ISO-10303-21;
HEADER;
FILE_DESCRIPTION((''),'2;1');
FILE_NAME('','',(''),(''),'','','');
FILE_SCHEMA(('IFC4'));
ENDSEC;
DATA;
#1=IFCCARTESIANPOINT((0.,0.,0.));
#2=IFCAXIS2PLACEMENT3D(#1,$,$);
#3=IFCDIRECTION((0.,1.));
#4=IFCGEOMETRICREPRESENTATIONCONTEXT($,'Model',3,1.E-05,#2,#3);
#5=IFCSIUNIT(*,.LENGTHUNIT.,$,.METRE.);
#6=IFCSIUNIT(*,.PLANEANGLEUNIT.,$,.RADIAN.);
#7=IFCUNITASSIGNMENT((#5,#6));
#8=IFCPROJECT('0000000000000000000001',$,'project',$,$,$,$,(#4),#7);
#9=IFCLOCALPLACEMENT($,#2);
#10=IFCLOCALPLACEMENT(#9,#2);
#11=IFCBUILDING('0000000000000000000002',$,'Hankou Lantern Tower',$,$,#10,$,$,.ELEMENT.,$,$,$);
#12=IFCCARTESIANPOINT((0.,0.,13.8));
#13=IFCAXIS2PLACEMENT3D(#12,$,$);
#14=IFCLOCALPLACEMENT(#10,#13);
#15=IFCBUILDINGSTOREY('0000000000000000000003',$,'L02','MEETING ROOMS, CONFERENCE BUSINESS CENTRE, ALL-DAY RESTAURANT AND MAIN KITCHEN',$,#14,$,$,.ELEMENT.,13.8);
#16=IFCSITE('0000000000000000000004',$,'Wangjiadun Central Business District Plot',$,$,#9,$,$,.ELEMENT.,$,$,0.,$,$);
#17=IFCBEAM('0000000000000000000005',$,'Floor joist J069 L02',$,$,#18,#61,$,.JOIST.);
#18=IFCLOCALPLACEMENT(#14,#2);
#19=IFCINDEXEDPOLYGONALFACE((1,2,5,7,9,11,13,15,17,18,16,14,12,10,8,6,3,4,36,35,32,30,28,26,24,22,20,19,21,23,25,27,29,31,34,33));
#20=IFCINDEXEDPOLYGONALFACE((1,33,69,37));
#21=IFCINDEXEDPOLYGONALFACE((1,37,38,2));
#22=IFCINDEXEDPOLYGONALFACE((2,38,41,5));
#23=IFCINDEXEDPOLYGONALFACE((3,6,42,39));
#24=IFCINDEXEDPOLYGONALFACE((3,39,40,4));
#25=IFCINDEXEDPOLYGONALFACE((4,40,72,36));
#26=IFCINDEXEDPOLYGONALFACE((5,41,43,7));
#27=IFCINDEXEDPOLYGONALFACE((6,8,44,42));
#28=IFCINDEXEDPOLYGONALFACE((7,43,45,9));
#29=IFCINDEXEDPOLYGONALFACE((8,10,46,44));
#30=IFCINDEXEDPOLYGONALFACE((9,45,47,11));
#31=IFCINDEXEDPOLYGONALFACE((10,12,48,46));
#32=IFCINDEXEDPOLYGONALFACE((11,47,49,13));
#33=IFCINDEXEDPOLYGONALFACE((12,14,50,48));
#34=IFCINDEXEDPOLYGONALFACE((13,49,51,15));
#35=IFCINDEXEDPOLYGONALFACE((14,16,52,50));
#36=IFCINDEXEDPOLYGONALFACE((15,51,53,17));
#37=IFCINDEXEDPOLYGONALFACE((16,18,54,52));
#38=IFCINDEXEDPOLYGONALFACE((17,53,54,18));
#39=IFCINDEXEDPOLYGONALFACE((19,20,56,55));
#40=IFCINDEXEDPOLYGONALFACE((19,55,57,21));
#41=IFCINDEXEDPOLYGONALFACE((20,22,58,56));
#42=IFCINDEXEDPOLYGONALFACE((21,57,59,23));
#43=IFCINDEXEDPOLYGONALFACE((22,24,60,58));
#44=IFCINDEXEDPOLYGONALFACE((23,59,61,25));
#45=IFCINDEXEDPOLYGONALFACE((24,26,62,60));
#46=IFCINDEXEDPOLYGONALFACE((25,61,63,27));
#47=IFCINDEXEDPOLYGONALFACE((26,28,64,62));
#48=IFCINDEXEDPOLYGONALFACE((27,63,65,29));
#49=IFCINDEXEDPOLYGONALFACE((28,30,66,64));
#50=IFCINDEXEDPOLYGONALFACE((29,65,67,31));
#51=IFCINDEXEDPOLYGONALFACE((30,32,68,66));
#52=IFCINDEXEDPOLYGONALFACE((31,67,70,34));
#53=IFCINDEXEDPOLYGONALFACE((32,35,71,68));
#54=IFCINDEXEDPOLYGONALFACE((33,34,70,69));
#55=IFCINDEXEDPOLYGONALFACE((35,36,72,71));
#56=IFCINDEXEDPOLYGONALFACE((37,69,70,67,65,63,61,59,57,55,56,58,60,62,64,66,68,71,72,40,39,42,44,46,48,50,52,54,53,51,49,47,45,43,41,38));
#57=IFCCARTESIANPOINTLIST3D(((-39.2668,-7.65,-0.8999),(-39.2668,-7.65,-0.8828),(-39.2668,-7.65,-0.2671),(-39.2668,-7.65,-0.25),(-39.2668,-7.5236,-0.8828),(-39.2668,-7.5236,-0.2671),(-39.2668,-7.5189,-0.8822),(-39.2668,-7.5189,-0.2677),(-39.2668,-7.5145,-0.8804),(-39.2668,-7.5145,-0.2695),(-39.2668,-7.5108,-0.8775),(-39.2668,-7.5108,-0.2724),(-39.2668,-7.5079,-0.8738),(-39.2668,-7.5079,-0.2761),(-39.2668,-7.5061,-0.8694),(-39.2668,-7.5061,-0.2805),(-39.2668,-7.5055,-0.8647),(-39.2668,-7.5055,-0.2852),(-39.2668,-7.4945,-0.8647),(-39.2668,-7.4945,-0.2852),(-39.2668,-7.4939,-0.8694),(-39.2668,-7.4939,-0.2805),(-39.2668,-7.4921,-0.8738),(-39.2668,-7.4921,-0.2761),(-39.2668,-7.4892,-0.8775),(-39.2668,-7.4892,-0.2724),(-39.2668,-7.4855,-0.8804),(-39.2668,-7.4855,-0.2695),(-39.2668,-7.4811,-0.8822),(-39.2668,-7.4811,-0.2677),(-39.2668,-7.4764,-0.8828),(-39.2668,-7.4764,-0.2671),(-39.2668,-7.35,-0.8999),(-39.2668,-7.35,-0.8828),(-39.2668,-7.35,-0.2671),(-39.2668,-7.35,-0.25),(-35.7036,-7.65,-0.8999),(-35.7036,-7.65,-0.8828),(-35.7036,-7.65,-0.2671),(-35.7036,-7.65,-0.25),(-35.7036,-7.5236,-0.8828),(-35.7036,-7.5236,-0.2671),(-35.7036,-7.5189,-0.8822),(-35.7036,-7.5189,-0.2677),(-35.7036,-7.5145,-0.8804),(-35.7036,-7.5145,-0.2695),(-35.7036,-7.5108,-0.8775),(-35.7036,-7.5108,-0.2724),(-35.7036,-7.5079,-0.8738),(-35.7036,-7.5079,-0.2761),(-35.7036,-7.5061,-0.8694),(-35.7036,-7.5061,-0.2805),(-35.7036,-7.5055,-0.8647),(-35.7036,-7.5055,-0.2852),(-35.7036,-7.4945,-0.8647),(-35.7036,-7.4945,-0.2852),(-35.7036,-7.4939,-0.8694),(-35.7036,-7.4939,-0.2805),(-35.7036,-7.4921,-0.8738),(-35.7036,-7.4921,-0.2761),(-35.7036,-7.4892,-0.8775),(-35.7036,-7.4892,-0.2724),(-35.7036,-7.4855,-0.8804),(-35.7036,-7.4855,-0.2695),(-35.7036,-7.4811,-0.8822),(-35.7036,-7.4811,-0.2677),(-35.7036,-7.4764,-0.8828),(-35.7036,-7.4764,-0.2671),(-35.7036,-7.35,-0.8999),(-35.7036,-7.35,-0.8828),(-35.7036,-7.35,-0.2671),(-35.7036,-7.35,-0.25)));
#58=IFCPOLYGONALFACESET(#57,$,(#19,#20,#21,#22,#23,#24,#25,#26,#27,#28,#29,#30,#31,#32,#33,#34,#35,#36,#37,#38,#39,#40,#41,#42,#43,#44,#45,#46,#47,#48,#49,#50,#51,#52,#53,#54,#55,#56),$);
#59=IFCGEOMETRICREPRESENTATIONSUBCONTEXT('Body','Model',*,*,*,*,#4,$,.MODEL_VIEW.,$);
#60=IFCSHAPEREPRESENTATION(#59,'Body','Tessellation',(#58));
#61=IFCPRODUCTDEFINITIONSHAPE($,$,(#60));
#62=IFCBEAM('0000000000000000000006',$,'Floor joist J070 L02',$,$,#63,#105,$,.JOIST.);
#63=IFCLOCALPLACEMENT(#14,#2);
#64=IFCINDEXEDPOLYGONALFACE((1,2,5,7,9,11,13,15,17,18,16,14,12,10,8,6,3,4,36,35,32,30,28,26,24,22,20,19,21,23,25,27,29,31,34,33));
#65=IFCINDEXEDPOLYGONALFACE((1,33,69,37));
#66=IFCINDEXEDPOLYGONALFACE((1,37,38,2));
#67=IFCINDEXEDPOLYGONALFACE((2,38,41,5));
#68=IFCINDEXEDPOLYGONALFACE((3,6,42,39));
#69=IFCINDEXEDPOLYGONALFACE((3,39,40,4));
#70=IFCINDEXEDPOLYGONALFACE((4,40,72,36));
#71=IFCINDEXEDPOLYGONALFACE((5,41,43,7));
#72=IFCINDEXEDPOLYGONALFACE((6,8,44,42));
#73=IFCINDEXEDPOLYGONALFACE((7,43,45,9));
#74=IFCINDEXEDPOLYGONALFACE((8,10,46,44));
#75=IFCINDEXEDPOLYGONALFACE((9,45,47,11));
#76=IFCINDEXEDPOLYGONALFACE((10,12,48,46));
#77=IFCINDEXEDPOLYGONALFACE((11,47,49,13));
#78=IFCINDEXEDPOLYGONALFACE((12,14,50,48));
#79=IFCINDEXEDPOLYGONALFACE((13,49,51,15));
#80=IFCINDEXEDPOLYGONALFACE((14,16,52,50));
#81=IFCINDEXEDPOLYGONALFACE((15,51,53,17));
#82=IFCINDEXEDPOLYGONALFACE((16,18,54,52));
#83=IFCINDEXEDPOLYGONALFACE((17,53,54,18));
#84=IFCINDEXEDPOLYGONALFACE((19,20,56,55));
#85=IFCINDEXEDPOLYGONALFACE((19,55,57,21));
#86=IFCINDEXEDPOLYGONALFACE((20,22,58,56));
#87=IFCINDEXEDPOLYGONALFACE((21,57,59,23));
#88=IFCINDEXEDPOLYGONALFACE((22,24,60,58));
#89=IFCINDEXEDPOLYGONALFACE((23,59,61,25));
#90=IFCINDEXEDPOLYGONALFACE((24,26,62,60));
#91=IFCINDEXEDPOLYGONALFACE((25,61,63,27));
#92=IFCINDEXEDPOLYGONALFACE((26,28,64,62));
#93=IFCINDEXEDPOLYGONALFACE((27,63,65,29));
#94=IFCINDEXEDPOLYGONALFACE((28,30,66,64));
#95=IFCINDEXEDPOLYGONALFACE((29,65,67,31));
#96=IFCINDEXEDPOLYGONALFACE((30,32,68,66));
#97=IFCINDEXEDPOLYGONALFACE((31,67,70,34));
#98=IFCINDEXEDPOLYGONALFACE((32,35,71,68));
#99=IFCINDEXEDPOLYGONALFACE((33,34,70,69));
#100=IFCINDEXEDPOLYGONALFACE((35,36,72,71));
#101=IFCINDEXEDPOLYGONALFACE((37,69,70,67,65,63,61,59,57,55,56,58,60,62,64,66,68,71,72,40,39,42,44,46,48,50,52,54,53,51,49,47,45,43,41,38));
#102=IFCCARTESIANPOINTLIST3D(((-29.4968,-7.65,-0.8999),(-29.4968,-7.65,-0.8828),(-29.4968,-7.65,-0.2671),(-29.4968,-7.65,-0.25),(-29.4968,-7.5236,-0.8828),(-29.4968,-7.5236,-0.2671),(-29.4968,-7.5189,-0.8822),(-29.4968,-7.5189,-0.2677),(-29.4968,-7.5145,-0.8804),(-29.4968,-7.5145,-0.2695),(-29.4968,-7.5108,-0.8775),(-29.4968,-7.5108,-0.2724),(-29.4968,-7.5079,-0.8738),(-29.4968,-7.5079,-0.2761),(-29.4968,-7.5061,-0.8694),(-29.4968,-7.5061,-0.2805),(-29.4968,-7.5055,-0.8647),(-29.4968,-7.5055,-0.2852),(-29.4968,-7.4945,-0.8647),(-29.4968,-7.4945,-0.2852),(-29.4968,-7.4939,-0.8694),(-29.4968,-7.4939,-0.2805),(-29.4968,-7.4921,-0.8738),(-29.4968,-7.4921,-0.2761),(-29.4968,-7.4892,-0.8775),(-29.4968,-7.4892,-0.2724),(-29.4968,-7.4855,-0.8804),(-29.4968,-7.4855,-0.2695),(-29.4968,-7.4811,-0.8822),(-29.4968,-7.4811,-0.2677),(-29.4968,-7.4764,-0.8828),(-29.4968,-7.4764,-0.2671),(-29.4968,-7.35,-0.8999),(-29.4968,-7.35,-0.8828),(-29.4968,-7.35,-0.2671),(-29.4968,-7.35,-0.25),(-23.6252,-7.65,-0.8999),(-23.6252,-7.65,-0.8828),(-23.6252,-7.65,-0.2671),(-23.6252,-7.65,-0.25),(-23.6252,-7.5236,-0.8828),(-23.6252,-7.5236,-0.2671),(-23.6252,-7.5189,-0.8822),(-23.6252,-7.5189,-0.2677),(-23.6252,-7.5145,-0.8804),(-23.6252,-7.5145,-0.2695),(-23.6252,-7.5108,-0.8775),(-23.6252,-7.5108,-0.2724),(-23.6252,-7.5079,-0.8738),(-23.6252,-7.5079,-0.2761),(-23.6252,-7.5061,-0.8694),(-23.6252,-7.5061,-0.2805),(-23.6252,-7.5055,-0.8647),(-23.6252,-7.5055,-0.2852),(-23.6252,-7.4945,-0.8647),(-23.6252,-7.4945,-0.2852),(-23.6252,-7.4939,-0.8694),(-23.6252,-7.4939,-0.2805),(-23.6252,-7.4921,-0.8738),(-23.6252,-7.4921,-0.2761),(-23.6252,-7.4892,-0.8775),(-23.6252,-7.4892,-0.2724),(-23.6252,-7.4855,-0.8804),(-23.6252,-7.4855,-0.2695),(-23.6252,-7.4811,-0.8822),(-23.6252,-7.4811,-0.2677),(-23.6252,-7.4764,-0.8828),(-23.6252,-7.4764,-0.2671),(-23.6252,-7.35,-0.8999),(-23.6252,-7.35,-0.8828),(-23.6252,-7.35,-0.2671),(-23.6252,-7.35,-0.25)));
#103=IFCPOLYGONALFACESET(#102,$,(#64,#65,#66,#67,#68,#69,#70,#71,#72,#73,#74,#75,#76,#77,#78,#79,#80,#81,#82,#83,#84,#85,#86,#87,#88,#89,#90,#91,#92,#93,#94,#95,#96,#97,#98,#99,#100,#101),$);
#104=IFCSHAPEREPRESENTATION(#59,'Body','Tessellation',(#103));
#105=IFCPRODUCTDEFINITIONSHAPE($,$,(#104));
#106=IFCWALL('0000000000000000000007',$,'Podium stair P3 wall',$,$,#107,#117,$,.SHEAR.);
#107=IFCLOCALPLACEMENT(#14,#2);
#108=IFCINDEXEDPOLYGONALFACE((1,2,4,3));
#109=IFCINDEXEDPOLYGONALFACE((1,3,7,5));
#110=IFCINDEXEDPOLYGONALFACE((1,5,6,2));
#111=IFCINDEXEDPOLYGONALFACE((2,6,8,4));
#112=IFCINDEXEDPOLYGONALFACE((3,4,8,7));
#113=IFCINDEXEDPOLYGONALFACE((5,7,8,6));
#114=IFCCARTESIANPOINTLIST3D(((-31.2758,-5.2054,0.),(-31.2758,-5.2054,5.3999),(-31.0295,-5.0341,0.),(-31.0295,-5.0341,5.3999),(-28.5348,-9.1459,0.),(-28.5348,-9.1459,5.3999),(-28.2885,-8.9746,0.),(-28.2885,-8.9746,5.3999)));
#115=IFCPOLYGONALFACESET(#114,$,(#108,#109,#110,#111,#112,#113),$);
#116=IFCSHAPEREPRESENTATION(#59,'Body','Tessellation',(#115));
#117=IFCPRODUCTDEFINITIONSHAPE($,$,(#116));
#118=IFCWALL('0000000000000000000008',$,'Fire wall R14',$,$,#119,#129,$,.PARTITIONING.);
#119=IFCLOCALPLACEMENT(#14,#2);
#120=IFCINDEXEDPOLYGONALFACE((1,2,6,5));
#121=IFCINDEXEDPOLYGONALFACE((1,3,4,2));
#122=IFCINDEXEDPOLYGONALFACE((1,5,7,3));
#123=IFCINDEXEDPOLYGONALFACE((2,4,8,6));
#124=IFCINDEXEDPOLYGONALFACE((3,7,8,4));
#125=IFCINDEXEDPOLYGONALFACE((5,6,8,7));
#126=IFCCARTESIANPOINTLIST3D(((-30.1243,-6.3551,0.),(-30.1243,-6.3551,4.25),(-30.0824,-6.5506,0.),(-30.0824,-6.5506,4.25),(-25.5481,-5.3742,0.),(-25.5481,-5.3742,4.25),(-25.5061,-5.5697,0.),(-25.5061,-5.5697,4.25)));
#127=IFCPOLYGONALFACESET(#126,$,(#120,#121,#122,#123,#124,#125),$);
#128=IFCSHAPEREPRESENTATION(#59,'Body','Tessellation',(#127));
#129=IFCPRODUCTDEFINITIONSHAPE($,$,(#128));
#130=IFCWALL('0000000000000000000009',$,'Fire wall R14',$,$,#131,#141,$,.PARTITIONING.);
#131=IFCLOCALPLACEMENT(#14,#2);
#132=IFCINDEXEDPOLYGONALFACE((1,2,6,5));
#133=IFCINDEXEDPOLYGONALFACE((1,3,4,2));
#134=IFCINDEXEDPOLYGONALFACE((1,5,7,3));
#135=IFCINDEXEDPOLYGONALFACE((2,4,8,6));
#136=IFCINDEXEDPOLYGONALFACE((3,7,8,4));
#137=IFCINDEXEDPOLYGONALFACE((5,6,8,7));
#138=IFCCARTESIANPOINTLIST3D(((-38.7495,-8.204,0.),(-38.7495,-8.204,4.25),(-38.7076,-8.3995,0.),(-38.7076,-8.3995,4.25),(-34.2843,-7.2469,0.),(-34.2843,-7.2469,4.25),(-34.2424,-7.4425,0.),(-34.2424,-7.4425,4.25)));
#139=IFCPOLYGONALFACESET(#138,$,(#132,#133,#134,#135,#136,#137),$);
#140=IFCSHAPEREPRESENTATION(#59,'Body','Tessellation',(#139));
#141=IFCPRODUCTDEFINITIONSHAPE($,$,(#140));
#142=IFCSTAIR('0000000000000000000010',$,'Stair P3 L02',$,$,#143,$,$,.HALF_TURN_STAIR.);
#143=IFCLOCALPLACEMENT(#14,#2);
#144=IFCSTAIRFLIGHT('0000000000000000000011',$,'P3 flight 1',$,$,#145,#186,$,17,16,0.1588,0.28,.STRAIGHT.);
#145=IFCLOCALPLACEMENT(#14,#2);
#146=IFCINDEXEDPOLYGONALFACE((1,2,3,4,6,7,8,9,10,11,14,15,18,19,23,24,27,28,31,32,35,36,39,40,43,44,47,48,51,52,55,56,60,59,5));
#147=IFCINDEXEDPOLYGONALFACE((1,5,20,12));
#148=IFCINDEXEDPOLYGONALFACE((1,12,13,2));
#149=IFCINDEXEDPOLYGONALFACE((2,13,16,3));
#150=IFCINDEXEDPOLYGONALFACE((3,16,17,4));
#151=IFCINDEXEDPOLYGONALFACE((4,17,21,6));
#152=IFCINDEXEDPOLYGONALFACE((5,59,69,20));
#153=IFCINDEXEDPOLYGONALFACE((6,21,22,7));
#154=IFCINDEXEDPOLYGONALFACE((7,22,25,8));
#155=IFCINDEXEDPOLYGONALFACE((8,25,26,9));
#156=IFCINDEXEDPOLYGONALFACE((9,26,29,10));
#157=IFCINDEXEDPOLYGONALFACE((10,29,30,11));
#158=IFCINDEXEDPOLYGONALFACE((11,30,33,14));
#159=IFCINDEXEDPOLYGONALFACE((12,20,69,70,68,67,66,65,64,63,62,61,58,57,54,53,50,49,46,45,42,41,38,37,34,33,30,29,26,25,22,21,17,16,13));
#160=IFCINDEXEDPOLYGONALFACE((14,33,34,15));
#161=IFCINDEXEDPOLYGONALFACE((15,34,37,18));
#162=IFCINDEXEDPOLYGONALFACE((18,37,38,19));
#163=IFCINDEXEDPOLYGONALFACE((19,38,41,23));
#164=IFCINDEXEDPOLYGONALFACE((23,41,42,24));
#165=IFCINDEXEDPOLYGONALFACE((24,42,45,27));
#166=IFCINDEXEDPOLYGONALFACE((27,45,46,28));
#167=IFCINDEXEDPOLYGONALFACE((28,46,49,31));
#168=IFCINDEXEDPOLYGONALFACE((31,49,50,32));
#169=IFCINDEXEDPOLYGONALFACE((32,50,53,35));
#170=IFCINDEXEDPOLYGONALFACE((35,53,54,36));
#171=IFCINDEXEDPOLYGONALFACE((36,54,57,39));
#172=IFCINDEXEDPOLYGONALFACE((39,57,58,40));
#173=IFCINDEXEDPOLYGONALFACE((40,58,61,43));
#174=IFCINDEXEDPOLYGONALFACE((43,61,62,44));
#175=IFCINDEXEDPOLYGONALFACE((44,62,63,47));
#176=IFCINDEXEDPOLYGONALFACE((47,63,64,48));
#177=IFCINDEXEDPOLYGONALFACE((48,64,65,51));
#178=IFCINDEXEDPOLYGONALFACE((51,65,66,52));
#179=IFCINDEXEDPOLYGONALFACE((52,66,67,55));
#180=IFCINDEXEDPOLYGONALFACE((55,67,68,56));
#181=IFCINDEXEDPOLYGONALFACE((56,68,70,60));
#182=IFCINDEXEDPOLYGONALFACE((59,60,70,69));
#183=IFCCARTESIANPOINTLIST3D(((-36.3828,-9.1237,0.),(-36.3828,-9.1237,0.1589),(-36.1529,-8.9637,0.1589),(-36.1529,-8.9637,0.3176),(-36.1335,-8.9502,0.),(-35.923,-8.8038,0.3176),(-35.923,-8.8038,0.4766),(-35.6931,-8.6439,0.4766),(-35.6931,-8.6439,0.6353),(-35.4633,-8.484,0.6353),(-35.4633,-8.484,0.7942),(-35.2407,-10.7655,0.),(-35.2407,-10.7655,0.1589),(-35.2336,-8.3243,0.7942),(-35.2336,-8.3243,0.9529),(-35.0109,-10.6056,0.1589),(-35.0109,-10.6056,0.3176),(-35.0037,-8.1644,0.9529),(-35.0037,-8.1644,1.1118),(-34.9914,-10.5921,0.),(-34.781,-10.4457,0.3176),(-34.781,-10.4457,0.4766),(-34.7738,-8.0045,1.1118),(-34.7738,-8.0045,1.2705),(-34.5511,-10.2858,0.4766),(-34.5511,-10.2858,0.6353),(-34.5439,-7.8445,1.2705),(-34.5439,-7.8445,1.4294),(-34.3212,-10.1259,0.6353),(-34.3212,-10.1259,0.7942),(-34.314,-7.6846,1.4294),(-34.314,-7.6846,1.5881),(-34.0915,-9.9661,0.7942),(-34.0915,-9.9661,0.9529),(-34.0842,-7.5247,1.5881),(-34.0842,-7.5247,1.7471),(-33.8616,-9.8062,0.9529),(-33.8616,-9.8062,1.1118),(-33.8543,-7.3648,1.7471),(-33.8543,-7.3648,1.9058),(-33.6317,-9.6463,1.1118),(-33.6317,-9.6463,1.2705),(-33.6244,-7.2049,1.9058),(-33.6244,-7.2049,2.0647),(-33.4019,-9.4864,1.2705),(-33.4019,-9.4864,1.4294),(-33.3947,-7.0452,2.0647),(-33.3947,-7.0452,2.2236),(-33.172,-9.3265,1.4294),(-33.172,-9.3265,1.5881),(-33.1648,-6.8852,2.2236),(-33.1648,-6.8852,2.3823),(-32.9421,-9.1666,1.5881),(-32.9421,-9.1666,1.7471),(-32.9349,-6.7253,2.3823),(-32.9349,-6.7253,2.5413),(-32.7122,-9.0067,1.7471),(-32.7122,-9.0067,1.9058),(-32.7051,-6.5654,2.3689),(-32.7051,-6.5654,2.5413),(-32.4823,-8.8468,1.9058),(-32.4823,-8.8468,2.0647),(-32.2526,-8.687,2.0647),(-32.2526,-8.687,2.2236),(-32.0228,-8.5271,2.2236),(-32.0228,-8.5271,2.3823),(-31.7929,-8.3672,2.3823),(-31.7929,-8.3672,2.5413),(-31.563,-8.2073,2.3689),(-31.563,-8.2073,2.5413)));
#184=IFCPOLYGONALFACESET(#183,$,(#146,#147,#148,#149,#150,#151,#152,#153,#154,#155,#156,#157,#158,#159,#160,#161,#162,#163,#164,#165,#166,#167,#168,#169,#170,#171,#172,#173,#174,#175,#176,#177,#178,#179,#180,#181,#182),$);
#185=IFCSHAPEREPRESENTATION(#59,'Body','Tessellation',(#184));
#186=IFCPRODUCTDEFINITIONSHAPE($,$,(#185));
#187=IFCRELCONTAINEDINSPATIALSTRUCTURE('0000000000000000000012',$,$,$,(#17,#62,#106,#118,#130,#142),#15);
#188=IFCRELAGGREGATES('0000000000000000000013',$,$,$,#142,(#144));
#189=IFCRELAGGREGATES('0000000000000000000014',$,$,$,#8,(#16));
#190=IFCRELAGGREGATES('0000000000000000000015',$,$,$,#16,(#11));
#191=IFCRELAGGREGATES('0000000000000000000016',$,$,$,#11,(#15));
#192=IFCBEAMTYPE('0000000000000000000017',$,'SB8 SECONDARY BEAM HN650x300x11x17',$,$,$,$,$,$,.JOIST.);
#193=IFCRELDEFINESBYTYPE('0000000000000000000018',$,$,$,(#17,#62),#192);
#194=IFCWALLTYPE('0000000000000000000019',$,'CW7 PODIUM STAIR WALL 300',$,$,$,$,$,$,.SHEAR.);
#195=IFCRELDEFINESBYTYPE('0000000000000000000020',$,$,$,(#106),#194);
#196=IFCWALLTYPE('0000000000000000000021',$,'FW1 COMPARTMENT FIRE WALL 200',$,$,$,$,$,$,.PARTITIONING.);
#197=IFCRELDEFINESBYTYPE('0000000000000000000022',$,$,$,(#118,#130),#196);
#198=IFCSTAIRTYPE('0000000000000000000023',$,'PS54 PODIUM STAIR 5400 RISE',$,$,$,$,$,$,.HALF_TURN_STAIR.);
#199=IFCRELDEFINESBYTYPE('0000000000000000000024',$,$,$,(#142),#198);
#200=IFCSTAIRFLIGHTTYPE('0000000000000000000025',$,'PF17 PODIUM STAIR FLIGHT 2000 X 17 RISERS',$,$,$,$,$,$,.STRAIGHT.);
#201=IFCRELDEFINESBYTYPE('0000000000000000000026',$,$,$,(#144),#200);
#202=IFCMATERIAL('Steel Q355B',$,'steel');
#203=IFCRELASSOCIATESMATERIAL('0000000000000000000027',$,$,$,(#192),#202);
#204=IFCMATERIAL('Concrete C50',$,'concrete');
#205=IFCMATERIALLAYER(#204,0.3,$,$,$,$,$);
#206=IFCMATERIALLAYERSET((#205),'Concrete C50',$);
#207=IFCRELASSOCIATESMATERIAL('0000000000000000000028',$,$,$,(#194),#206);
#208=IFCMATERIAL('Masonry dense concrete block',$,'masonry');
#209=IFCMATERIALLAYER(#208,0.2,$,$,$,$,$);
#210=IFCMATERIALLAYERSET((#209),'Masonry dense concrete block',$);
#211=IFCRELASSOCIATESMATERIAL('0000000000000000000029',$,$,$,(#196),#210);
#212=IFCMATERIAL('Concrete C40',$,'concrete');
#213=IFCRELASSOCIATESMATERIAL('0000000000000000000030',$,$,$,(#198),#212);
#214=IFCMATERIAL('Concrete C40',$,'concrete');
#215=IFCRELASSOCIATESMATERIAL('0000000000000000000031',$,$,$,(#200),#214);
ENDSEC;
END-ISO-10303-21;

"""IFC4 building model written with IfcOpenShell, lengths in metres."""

from ifc_helpers import new_model, si_unit, direction, frame, frame_2d, origin, origin_2d, place, context, subcontext, project, spatial, polyline, rectangle, i_section, outline, extrude, material, layer, layer_set, material_profile, profile_set, type_object, element, aggregate, save


model = new_model("IFC4")

# Units and contexts
model_context = context("Model", 3, precision=1e-05, world=origin(), true_north=direction((0.0, 1.0)))
body_context = subcontext(model_context, "Body", "Model", "MODEL_VIEW")
ifc_project = project(units=[si_unit("LENGTHUNIT", "METRE"), si_unit("PLANEANGLEUNIT", "RADIAN")], contexts=[model_context])

# Site, building, storey
site_placement = place(None, origin())
site = spatial("IfcSite", under=ifc_project, at=site_placement, Name="Wangjiadun Central Business District Plot", CompositionType="ELEMENT", RefElevation=0.0)
building_placement = place(site_placement, origin())
building = spatial("IfcBuilding", under=site, at=building_placement, Name="Hankou Lantern Tower", CompositionType="ELEMENT")
storey_placement = place(building_placement, frame((0.0, 0.0, 13.8)))
storey = spatial("IfcBuildingStorey", under=building, at=storey_placement, Name="L02", Description="MEETING ROOMS, CONFERENCE BUSINESS CENTRE, ALL-DAY RESTAURANT AND MAIN KITCHEN", CompositionType="ELEMENT", Elevation=13.8)

# Beams
ifc_material_1 = material(Name="Steel Q355B", Category="steel")
ifc_material_profile_1 = material_profile(ifc_material_1, i_section(OverallWidth=0.3, OverallDepth=0.6499, WebThickness=0.011, FlangeThickness=0.0171, FilletRadius=0.0181, at=origin_2d()), Name="HN650x300x11x17")
ifc_profile_set_1 = profile_set([ifc_material_profile_1], Name="Steel Q355B")
beam_type_1 = type_object("IfcBeamType", Name="SB8 SECONDARY BEAM HN650x300x11x17", PredefinedType="JOIST", material=ifc_profile_set_1)
beam_1_placement = place(storey_placement, frame((-39.2668, -7.5, -0.575), z_axis=(1.0, 0.0, 0.0), x_axis=(0.0, 1.0, 0.0)))
element("IfcBeam", 1, at=beam_1_placement, inside=storey, type_object=beam_type_1, Name="Floor joist J069 L02", PredefinedType="JOIST", context=body_context, shape_type="SweptSolid", body=[
    extrude(i_section(OverallWidth=0.3, OverallDepth=0.6499, WebThickness=0.011, FlangeThickness=0.0171, FilletRadius=0.0181, at=origin_2d()), origin(), (0.0, 0.0, 1.0), 3.5632),
])
beam_2_placement = place(storey_placement, frame((-29.4968, -7.5, -0.575), z_axis=(1.0, 0.0, 0.0), x_axis=(0.0, 1.0, 0.0)))
element("IfcBeam", 2, at=beam_2_placement, inside=storey, type_object=beam_type_1, Name="Floor joist J070 L02", PredefinedType="JOIST", context=body_context, shape_type="SweptSolid", body=[
    extrude(i_section(OverallWidth=0.3, OverallDepth=0.6499, WebThickness=0.011, FlangeThickness=0.0171, FilletRadius=0.0181, at=origin_2d()), origin(), (0.0, 0.0, 1.0), 5.8716),
])

# Walls
ifc_material_2 = material(Name="Concrete C50", Category="concrete")
ifc_layer_1 = layer(ifc_material_2, 0.3)
ifc_layer_set_1 = layer_set([ifc_layer_1], Name="Concrete C50")
wall_type_1 = type_object("IfcWallType", Name="CW7 PODIUM STAIR WALL 300", PredefinedType="SHEAR", material=ifc_layer_set_1)
wall_1_placement = place(storey_placement, frame((-31.1526, -5.1199, 0.0), z_axis=(0.0, 0.0, 1.0), x_axis=(0.571036, -0.820925, 0.0)))
element("IfcWall", 3, at=wall_1_placement, inside=storey, type_object=wall_type_1, Name="Podium stair P3 wall", PredefinedType="SHEAR", context=body_context, shape_type="SweptSolid", body=[
    extrude(rectangle(XDim=4.8, YDim=0.3, at=frame_2d((2.3999, 0.0))), origin(), (0.0, 0.0, 1.0), 5.3999),
])
ifc_material_3 = material(Name="Masonry dense concrete block", Category="masonry")
ifc_layer_2 = layer(ifc_material_3, 0.2)
ifc_layer_set_2 = layer_set([ifc_layer_2], Name="Masonry dense concrete block")
wall_type_2 = type_object("IfcWallType", Name="FW1 COMPARTMENT FIRE WALL 200", PredefinedType="PARTITIONING", material=ifc_layer_set_2)
wall_2_placement = place(storey_placement, frame((-25.5271, -5.4719, 0.0), z_axis=(0.0, 0.0, 1.0), x_axis=(-0.977787, -0.2096, 0.0)))
element("IfcWall", 4, at=wall_2_placement, inside=storey, type_object=wall_type_2, Name="Fire wall R14", PredefinedType="PARTITIONING", context=body_context, shape_type="SweptSolid", body=[
    extrude(rectangle(XDim=4.6802, YDim=0.2, at=frame_2d((2.3401, 0.0))), origin(), (0.0, 0.0, 1.0), 4.25),
])
wall_3_placement = place(storey_placement, frame((-34.2634, -7.3447, 0.0), z_axis=(0.0, 0.0, 1.0), x_axis=(-0.977795, -0.209566, 0.0)))
element("IfcWall", 5, at=wall_3_placement, inside=storey, type_object=wall_type_2, Name="Fire wall R14", PredefinedType="PARTITIONING", context=body_context, shape_type="SweptSolid", body=[
    extrude(rectangle(XDim=4.5667, YDim=0.2, at=frame_2d((2.2832, 0.0))), origin(), (0.0, 0.0, 1.0), 4.25),
])

# Stair, stair flight
ifc_material_4 = material(Name="Concrete C40", Category="concrete")
stair_type = type_object("IfcStairType", Name="PS54 PODIUM STAIR 5400 RISE", PredefinedType="HALF_TURN_STAIR", material=ifc_material_4)
stair_placement = place(storey_placement, origin())
stair = element("IfcStair", 6, at=stair_placement, inside=storey, type_object=stair_type, Name="Stair P3 L02", PredefinedType="HALF_TURN_STAIR")
ifc_material_5 = material(Name="Concrete C40", Category="concrete")
stair_flight_type = type_object("IfcStairFlightType", Name="PF17 PODIUM STAIR FLIGHT 2000 X 17 RISERS", PredefinedType="STRAIGHT", material=ifc_material_5)
stair_flight_1_placement = place(storey_placement, frame((-35.8118, -9.9446, 0.0), z_axis=(0.0, 0.0, 1.0), x_axis=(0.820927, 0.571033, 0.0)))
stair_flight_1 = element("IfcStairFlight", 7, at=stair_flight_1_placement, type_object=stair_flight_type, Name="P3 flight 1", NumberOfRisers=17, NumberOfTreads=16, PredefinedType="STRAIGHT", RiserHeight=0.1588, TreadLength=0.28, context=body_context, shape_type="SweptSolid", body=[
    extrude(outline(polyline([(0.0, 0.0), (0.0, 0.1589), (0.28, 0.1589), (0.28, 0.3176), (0.5601, 0.3176), (0.5601, 0.4766), (0.8401, 0.4766), (0.8401, 0.6353), (1.1201, 0.6353), (1.1201, 0.7942), (1.3999, 0.7942), (1.3999, 0.9529), (1.6799, 0.9529), (1.6799, 1.1118), (1.96, 1.1118), (1.96, 1.2705), (2.24, 1.2705), (2.24, 1.4294), (2.52, 1.4294), (2.52, 1.5881), (2.8, 1.5881), (2.8, 1.7471), (3.0801, 1.7471), (3.0801, 1.9058), (3.3601, 1.9058), (3.3601, 2.0647), (3.6399, 2.0647), (3.6399, 2.2236), (3.9199, 2.2236), (3.9199, 2.3823), (4.2, 2.3823), (4.2, 2.5413), (4.48, 2.5413), (4.48, 2.7), (4.48, 2.3689), (0.3037, 0.0), (0.0, 0.0)])), frame((0.0, 1.0, 0.0), z_axis=(0.0, -1.0, 0.0), x_axis=(1.0, 0.0, 0.0)), (0.0, 0.0, 1.0), 2.0),
])
aggregate(stair, [stair_flight_1])

save(model, "model.ifc")
